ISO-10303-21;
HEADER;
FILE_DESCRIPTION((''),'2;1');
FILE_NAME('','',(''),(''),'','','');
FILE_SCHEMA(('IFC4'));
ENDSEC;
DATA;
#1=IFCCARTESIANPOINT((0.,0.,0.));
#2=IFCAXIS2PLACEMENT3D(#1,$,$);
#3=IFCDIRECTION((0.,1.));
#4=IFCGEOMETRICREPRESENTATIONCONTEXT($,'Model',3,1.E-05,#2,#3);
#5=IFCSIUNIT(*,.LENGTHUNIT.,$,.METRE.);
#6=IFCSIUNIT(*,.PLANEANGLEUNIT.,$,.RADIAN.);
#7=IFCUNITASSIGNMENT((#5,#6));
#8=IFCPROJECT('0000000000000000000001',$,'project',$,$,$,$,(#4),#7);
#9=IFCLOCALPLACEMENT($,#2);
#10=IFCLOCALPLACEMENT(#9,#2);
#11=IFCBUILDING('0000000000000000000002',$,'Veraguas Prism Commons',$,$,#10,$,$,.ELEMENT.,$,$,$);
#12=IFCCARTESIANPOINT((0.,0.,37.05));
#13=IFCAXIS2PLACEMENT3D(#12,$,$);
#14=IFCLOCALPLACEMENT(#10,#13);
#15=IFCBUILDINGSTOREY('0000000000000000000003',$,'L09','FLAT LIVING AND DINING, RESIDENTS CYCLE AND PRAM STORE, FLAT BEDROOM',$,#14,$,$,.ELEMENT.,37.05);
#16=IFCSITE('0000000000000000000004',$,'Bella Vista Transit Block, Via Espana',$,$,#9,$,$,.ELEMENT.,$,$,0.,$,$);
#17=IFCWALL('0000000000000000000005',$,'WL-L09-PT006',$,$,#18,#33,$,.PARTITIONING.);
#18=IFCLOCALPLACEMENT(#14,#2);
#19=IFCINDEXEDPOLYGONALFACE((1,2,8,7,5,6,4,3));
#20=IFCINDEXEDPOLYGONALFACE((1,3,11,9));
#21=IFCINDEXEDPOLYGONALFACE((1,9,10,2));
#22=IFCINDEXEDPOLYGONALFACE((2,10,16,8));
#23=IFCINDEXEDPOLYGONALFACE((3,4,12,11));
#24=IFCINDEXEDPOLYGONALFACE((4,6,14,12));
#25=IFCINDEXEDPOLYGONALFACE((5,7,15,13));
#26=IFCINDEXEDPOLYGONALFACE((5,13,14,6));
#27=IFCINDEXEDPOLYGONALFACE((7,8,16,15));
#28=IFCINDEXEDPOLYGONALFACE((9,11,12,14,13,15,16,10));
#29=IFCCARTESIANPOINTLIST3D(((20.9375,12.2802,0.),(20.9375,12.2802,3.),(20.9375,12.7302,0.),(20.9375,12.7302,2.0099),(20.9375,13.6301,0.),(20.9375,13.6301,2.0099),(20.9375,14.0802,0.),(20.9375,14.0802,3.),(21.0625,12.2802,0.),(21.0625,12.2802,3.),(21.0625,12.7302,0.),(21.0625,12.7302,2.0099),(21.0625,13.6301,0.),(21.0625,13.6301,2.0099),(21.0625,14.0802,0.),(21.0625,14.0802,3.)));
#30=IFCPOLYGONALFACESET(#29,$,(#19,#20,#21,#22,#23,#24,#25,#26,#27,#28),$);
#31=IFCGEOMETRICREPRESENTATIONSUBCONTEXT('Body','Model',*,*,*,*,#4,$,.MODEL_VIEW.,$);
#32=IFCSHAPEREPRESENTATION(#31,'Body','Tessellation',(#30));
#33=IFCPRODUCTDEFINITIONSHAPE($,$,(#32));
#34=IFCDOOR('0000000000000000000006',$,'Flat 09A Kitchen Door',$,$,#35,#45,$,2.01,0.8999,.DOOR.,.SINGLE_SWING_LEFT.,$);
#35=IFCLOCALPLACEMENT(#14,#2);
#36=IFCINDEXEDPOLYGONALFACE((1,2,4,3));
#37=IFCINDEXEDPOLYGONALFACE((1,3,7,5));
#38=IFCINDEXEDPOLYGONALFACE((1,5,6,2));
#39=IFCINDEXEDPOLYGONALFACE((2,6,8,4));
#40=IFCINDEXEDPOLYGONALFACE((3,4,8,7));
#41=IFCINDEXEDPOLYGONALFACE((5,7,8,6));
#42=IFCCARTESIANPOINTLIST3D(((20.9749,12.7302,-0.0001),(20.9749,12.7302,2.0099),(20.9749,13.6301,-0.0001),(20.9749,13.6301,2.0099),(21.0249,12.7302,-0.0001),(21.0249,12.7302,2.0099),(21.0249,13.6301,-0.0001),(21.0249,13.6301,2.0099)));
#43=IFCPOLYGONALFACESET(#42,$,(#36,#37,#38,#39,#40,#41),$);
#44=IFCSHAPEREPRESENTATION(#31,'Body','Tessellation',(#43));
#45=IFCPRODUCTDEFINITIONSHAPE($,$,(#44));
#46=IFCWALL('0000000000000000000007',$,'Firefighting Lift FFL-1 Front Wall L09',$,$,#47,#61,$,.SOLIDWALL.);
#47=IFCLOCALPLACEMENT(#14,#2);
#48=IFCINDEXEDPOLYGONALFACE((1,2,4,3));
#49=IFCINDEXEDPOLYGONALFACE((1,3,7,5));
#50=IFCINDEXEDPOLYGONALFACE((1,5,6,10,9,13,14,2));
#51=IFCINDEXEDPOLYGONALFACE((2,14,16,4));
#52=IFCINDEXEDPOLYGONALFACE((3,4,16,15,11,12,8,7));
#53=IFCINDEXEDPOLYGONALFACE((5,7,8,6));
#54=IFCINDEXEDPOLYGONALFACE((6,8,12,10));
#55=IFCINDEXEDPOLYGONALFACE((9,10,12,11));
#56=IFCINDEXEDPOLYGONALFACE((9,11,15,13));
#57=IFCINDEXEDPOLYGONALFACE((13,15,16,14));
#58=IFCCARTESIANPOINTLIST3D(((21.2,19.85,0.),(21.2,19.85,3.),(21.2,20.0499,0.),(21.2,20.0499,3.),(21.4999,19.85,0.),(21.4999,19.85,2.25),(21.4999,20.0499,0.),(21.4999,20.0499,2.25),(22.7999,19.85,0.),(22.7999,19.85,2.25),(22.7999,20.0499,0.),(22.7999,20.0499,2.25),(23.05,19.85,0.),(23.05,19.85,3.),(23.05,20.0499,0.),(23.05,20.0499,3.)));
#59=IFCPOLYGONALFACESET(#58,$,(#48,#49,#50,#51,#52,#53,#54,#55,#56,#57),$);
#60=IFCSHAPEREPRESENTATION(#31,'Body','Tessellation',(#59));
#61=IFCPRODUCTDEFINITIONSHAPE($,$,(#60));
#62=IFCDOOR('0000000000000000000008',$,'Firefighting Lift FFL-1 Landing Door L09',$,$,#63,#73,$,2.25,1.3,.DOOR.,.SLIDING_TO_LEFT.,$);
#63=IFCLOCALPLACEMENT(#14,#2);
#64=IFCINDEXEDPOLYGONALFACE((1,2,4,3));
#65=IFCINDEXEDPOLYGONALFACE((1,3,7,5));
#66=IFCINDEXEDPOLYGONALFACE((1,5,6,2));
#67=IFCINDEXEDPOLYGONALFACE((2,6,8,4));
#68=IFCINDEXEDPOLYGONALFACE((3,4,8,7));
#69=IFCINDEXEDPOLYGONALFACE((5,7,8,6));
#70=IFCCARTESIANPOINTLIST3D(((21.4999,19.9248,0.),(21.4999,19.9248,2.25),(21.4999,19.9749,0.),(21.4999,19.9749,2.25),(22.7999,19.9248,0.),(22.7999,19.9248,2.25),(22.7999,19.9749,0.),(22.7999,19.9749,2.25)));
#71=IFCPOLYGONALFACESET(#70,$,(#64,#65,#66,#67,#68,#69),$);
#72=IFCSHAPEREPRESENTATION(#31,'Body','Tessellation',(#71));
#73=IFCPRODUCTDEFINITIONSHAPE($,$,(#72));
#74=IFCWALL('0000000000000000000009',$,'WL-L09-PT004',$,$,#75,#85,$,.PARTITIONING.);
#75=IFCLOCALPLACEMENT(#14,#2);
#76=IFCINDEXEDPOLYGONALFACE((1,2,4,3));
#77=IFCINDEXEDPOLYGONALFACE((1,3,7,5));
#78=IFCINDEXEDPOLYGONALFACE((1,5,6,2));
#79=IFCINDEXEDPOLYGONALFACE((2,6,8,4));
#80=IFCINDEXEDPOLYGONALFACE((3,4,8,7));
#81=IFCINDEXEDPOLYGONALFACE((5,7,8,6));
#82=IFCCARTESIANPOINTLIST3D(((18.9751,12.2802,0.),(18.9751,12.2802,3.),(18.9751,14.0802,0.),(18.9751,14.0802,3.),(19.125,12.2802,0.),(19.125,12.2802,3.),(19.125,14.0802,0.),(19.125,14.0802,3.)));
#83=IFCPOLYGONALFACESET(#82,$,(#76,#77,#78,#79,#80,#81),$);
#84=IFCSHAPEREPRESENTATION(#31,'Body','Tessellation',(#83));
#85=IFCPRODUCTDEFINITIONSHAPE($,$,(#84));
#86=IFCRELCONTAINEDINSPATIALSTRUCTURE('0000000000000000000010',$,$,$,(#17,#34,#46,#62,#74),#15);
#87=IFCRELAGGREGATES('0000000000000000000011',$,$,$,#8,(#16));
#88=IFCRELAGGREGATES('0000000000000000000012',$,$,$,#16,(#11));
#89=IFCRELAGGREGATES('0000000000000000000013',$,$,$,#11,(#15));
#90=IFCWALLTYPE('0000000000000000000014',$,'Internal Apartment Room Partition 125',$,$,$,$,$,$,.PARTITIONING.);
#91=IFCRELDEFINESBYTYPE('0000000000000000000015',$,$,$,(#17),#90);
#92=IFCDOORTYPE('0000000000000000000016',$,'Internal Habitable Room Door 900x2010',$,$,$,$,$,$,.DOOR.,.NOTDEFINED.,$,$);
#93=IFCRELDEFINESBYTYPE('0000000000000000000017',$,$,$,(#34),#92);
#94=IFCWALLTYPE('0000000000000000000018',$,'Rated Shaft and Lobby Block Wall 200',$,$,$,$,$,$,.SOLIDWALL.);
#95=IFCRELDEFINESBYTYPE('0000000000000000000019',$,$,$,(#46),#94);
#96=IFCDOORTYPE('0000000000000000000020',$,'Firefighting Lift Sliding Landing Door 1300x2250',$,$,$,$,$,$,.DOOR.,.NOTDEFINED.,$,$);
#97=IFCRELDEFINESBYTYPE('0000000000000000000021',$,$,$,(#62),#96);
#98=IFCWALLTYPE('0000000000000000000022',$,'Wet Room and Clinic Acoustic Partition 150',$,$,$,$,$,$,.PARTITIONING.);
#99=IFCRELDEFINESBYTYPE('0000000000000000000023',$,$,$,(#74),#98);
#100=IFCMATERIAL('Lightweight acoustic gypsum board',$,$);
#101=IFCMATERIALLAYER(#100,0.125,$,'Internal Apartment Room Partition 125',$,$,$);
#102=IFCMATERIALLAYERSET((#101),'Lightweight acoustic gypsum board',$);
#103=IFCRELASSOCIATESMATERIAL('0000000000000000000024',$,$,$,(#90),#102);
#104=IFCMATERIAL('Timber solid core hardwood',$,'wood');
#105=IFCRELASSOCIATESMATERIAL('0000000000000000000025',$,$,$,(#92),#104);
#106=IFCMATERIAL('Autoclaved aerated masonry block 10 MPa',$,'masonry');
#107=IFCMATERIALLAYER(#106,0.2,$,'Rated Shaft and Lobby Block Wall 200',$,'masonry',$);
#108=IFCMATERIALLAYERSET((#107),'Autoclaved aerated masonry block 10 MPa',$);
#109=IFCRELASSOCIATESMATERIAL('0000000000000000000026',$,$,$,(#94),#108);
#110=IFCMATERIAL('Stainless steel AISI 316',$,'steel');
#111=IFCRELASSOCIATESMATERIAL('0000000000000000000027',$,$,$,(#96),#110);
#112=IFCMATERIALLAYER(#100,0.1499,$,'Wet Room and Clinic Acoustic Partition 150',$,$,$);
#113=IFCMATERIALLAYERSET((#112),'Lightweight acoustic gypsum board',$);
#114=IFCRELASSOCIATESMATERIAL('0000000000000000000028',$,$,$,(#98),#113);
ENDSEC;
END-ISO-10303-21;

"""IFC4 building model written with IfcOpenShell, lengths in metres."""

from ifc_helpers import new_model, si_unit, direction, frame, frame_2d, origin, place, context, subcontext, project, spatial, rectangle, extrude, source, transform, mapped, material, layer, layer_set, type_object, element, fill, save


model = new_model("IFC4")

# Units and contexts
model_context = context("Model", 3, precision=1e-05, world=origin(), true_north=direction((0.0, 1.0)))
body_context = subcontext(model_context, "Body", "Model", "MODEL_VIEW")
ifc_project = project(units=[si_unit("LENGTHUNIT", "METRE"), si_unit("PLANEANGLEUNIT", "RADIAN")], contexts=[model_context])

# Site, building, storey
site_placement = place(None, origin())
site = spatial("IfcSite", under=ifc_project, at=site_placement, Name="Bella Vista Transit Block, Via Espana", CompositionType="ELEMENT", RefElevation=0.0)
building_placement = place(site_placement, origin())
building = spatial("IfcBuilding", under=site, at=building_placement, Name="Veraguas Prism Commons", CompositionType="ELEMENT")
storey_placement = place(building_placement, frame((0.0, 0.0, 37.05)))
storey = spatial("IfcBuildingStorey", under=building, at=storey_placement, Name="L09", Description="FLAT LIVING AND DINING, RESIDENTS CYCLE AND PRAM STORE, FLAT BEDROOM", CompositionType="ELEMENT", Elevation=37.05)

# Shared definitions
ifc_material_1 = material(Name="Autoclaved aerated masonry block 10 MPa", Category="masonry")

# Walls, openings, doors
shared_shape_1 = source(origin(), body_context, "Body", "SweptSolid", [
    extrude(rectangle(XDim=0.8999, YDim=2.01, at=frame_2d((0.45, 1.0049))), frame((0.0, 0.0249, 0.0), z_axis=(0.0, -1.0, 0.0), x_axis=(1.0, 0.0, 0.0)), (0.0, 0.0, 1.0), 0.05),
])
ifc_material_2 = material(Name="Lightweight acoustic gypsum board")
ifc_layer_1 = layer(ifc_material_2, 0.125, Name="Internal Apartment Room Partition 125")
ifc_layer_set_1 = layer_set([ifc_layer_1], Name="Lightweight acoustic gypsum board")
wall_type_1 = type_object("IfcWallType", Name="Internal Apartment Room Partition 125", PredefinedType="PARTITIONING", material=ifc_layer_set_1)
wall_1_placement = place(storey_placement, frame((21.0, 14.0801, 0.0), z_axis=(0.0, 0.0, 1.0), x_axis=(0.0, -1.0, 0.0)))
wall_1 = element("IfcWall", 1, at=wall_1_placement, inside=storey, type_object=wall_type_1, Name="WL-L09-PT006", PredefinedType="PARTITIONING", context=body_context, shape_type="SweptSolid", body=[
    extrude(rectangle(XDim=1.8, YDim=0.125, at=frame_2d((0.8999, 0.0))), origin(), (0.0, 0.0, 1.0), 3.0),
])
opening_1_placement = place(wall_1_placement, frame((0.45, 0.0, 0.0)))
opening_1 = element("IfcOpeningElement", 2, at=opening_1_placement, cuts=wall_1, PredefinedType="OPENING", context=body_context, shape_type="SweptSolid", body=[
    extrude(rectangle(XDim=0.8999, YDim=2.01, at=frame_2d((0.45, 1.0049))), frame((0.0, 0.0725, 0.0), z_axis=(0.0, -1.0, 0.0), x_axis=(1.0, 0.0, 0.0)), (0.0, 0.0, 1.0), 0.145),
])
ifc_material_3 = material(Name="Timber solid core hardwood", Category="wood")
door_type_1 = type_object("IfcDoorType", Name="Internal Habitable Room Door 900x2010", OperationType="NOTDEFINED", PredefinedType="DOOR", material=ifc_material_3)
door_1_placement = place(opening_1_placement, origin())
door_1 = element("IfcDoor", 3, at=door_1_placement, inside=storey, type_object=door_type_1, Name="Flat 09A Kitchen Door", OperationType="SINGLE_SWING_LEFT", OverallHeight=2.01, OverallWidth=0.8999, PredefinedType="DOOR", context=body_context, shape_type="MappedRepresentation", body=[
    mapped(shared_shape_1, transform((0.0, 0.0, 0.0), scale=1.0)),
])
fill(opening_1, door_1)
ifc_layer_2 = layer(ifc_material_1, 0.2, Name="Rated Shaft and Lobby Block Wall 200", Category="masonry")
ifc_layer_set_2 = layer_set([ifc_layer_2], Name="Autoclaved aerated masonry block 10 MPa")
wall_type_2 = type_object("IfcWallType", Name="Rated Shaft and Lobby Block Wall 200", PredefinedType="SOLIDWALL", material=ifc_layer_set_2)
wall_2_placement = place(storey_placement, frame((21.2, 19.95, 0.0), z_axis=(0.0, 0.0, 1.0), x_axis=(1.0, 0.0, 0.0)))
wall_2 = element("IfcWall", 4, at=wall_2_placement, inside=storey, type_object=wall_type_2, Name="Firefighting Lift FFL-1 Front Wall L09", PredefinedType="SOLIDWALL", context=body_context, shape_type="SweptSolid", body=[
    extrude(rectangle(XDim=1.8501, YDim=0.2, at=frame_2d((0.925, 0.0))), origin(), (0.0, 0.0, 1.0), 3.0),
])
opening_2_placement = place(wall_2_placement, frame((0.3, 0.0, 0.0)))
opening_2 = element("IfcOpeningElement", 5, at=opening_2_placement, cuts=wall_2, PredefinedType="OPENING", context=body_context, shape_type="SweptSolid", body=[
    extrude(rectangle(XDim=1.3, YDim=2.25, at=frame_2d((0.6499, 1.125))), frame((0.0, 0.1099, 0.0), z_axis=(0.0, -1.0, 0.0), x_axis=(1.0, 0.0, 0.0)), (0.0, 0.0, 1.0), 0.22),
])
ifc_material_4 = material(Name="Stainless steel AISI 316", Category="steel")
door_type_2 = type_object("IfcDoorType", Name="Firefighting Lift Sliding Landing Door 1300x2250", OperationType="NOTDEFINED", PredefinedType="DOOR", material=ifc_material_4)
shared_shape_2 = source(origin(), body_context, "Body", "SweptSolid", [
    extrude(rectangle(XDim=1.3, YDim=2.25, at=frame_2d((0.6499, 1.125))), frame((0.0, 0.0249, 0.0), z_axis=(0.0, -1.0, 0.0), x_axis=(1.0, 0.0, 0.0)), (0.0, 0.0, 1.0), 0.05),
])
door_2_placement = place(opening_2_placement, origin())
door_2 = element("IfcDoor", 6, at=door_2_placement, inside=storey, type_object=door_type_2, Name="Firefighting Lift FFL-1 Landing Door L09", OperationType="SLIDING_TO_LEFT", OverallHeight=2.25, OverallWidth=1.3, PredefinedType="DOOR", context=body_context, shape_type="MappedRepresentation", body=[
    mapped(shared_shape_2, transform((0.0, 0.0, 0.0), scale=1.0)),
])
fill(opening_2, door_2)

# Wall
ifc_layer_3 = layer(ifc_material_2, 0.1499, Name="Wet Room and Clinic Acoustic Partition 150")
ifc_layer_set_3 = layer_set([ifc_layer_3], Name="Lightweight acoustic gypsum board")
wall_type_3 = type_object("IfcWallType", Name="Wet Room and Clinic Acoustic Partition 150", PredefinedType="PARTITIONING", material=ifc_layer_set_3)
wall_3_placement = place(storey_placement, frame((19.05, 14.0801, 0.0), z_axis=(0.0, 0.0, 1.0), x_axis=(0.0, -1.0, 0.0)))
element("IfcWall", 7, at=wall_3_placement, inside=storey, type_object=wall_type_3, Name="WL-L09-PT004", PredefinedType="PARTITIONING", context=body_context, shape_type="SweptSolid", body=[
    extrude(rectangle(XDim=1.8, YDim=0.1499, at=frame_2d((0.8999, 0.0))), origin(), (0.0, 0.0, 1.0), 3.0),
])

save(model, "model.ifc")
